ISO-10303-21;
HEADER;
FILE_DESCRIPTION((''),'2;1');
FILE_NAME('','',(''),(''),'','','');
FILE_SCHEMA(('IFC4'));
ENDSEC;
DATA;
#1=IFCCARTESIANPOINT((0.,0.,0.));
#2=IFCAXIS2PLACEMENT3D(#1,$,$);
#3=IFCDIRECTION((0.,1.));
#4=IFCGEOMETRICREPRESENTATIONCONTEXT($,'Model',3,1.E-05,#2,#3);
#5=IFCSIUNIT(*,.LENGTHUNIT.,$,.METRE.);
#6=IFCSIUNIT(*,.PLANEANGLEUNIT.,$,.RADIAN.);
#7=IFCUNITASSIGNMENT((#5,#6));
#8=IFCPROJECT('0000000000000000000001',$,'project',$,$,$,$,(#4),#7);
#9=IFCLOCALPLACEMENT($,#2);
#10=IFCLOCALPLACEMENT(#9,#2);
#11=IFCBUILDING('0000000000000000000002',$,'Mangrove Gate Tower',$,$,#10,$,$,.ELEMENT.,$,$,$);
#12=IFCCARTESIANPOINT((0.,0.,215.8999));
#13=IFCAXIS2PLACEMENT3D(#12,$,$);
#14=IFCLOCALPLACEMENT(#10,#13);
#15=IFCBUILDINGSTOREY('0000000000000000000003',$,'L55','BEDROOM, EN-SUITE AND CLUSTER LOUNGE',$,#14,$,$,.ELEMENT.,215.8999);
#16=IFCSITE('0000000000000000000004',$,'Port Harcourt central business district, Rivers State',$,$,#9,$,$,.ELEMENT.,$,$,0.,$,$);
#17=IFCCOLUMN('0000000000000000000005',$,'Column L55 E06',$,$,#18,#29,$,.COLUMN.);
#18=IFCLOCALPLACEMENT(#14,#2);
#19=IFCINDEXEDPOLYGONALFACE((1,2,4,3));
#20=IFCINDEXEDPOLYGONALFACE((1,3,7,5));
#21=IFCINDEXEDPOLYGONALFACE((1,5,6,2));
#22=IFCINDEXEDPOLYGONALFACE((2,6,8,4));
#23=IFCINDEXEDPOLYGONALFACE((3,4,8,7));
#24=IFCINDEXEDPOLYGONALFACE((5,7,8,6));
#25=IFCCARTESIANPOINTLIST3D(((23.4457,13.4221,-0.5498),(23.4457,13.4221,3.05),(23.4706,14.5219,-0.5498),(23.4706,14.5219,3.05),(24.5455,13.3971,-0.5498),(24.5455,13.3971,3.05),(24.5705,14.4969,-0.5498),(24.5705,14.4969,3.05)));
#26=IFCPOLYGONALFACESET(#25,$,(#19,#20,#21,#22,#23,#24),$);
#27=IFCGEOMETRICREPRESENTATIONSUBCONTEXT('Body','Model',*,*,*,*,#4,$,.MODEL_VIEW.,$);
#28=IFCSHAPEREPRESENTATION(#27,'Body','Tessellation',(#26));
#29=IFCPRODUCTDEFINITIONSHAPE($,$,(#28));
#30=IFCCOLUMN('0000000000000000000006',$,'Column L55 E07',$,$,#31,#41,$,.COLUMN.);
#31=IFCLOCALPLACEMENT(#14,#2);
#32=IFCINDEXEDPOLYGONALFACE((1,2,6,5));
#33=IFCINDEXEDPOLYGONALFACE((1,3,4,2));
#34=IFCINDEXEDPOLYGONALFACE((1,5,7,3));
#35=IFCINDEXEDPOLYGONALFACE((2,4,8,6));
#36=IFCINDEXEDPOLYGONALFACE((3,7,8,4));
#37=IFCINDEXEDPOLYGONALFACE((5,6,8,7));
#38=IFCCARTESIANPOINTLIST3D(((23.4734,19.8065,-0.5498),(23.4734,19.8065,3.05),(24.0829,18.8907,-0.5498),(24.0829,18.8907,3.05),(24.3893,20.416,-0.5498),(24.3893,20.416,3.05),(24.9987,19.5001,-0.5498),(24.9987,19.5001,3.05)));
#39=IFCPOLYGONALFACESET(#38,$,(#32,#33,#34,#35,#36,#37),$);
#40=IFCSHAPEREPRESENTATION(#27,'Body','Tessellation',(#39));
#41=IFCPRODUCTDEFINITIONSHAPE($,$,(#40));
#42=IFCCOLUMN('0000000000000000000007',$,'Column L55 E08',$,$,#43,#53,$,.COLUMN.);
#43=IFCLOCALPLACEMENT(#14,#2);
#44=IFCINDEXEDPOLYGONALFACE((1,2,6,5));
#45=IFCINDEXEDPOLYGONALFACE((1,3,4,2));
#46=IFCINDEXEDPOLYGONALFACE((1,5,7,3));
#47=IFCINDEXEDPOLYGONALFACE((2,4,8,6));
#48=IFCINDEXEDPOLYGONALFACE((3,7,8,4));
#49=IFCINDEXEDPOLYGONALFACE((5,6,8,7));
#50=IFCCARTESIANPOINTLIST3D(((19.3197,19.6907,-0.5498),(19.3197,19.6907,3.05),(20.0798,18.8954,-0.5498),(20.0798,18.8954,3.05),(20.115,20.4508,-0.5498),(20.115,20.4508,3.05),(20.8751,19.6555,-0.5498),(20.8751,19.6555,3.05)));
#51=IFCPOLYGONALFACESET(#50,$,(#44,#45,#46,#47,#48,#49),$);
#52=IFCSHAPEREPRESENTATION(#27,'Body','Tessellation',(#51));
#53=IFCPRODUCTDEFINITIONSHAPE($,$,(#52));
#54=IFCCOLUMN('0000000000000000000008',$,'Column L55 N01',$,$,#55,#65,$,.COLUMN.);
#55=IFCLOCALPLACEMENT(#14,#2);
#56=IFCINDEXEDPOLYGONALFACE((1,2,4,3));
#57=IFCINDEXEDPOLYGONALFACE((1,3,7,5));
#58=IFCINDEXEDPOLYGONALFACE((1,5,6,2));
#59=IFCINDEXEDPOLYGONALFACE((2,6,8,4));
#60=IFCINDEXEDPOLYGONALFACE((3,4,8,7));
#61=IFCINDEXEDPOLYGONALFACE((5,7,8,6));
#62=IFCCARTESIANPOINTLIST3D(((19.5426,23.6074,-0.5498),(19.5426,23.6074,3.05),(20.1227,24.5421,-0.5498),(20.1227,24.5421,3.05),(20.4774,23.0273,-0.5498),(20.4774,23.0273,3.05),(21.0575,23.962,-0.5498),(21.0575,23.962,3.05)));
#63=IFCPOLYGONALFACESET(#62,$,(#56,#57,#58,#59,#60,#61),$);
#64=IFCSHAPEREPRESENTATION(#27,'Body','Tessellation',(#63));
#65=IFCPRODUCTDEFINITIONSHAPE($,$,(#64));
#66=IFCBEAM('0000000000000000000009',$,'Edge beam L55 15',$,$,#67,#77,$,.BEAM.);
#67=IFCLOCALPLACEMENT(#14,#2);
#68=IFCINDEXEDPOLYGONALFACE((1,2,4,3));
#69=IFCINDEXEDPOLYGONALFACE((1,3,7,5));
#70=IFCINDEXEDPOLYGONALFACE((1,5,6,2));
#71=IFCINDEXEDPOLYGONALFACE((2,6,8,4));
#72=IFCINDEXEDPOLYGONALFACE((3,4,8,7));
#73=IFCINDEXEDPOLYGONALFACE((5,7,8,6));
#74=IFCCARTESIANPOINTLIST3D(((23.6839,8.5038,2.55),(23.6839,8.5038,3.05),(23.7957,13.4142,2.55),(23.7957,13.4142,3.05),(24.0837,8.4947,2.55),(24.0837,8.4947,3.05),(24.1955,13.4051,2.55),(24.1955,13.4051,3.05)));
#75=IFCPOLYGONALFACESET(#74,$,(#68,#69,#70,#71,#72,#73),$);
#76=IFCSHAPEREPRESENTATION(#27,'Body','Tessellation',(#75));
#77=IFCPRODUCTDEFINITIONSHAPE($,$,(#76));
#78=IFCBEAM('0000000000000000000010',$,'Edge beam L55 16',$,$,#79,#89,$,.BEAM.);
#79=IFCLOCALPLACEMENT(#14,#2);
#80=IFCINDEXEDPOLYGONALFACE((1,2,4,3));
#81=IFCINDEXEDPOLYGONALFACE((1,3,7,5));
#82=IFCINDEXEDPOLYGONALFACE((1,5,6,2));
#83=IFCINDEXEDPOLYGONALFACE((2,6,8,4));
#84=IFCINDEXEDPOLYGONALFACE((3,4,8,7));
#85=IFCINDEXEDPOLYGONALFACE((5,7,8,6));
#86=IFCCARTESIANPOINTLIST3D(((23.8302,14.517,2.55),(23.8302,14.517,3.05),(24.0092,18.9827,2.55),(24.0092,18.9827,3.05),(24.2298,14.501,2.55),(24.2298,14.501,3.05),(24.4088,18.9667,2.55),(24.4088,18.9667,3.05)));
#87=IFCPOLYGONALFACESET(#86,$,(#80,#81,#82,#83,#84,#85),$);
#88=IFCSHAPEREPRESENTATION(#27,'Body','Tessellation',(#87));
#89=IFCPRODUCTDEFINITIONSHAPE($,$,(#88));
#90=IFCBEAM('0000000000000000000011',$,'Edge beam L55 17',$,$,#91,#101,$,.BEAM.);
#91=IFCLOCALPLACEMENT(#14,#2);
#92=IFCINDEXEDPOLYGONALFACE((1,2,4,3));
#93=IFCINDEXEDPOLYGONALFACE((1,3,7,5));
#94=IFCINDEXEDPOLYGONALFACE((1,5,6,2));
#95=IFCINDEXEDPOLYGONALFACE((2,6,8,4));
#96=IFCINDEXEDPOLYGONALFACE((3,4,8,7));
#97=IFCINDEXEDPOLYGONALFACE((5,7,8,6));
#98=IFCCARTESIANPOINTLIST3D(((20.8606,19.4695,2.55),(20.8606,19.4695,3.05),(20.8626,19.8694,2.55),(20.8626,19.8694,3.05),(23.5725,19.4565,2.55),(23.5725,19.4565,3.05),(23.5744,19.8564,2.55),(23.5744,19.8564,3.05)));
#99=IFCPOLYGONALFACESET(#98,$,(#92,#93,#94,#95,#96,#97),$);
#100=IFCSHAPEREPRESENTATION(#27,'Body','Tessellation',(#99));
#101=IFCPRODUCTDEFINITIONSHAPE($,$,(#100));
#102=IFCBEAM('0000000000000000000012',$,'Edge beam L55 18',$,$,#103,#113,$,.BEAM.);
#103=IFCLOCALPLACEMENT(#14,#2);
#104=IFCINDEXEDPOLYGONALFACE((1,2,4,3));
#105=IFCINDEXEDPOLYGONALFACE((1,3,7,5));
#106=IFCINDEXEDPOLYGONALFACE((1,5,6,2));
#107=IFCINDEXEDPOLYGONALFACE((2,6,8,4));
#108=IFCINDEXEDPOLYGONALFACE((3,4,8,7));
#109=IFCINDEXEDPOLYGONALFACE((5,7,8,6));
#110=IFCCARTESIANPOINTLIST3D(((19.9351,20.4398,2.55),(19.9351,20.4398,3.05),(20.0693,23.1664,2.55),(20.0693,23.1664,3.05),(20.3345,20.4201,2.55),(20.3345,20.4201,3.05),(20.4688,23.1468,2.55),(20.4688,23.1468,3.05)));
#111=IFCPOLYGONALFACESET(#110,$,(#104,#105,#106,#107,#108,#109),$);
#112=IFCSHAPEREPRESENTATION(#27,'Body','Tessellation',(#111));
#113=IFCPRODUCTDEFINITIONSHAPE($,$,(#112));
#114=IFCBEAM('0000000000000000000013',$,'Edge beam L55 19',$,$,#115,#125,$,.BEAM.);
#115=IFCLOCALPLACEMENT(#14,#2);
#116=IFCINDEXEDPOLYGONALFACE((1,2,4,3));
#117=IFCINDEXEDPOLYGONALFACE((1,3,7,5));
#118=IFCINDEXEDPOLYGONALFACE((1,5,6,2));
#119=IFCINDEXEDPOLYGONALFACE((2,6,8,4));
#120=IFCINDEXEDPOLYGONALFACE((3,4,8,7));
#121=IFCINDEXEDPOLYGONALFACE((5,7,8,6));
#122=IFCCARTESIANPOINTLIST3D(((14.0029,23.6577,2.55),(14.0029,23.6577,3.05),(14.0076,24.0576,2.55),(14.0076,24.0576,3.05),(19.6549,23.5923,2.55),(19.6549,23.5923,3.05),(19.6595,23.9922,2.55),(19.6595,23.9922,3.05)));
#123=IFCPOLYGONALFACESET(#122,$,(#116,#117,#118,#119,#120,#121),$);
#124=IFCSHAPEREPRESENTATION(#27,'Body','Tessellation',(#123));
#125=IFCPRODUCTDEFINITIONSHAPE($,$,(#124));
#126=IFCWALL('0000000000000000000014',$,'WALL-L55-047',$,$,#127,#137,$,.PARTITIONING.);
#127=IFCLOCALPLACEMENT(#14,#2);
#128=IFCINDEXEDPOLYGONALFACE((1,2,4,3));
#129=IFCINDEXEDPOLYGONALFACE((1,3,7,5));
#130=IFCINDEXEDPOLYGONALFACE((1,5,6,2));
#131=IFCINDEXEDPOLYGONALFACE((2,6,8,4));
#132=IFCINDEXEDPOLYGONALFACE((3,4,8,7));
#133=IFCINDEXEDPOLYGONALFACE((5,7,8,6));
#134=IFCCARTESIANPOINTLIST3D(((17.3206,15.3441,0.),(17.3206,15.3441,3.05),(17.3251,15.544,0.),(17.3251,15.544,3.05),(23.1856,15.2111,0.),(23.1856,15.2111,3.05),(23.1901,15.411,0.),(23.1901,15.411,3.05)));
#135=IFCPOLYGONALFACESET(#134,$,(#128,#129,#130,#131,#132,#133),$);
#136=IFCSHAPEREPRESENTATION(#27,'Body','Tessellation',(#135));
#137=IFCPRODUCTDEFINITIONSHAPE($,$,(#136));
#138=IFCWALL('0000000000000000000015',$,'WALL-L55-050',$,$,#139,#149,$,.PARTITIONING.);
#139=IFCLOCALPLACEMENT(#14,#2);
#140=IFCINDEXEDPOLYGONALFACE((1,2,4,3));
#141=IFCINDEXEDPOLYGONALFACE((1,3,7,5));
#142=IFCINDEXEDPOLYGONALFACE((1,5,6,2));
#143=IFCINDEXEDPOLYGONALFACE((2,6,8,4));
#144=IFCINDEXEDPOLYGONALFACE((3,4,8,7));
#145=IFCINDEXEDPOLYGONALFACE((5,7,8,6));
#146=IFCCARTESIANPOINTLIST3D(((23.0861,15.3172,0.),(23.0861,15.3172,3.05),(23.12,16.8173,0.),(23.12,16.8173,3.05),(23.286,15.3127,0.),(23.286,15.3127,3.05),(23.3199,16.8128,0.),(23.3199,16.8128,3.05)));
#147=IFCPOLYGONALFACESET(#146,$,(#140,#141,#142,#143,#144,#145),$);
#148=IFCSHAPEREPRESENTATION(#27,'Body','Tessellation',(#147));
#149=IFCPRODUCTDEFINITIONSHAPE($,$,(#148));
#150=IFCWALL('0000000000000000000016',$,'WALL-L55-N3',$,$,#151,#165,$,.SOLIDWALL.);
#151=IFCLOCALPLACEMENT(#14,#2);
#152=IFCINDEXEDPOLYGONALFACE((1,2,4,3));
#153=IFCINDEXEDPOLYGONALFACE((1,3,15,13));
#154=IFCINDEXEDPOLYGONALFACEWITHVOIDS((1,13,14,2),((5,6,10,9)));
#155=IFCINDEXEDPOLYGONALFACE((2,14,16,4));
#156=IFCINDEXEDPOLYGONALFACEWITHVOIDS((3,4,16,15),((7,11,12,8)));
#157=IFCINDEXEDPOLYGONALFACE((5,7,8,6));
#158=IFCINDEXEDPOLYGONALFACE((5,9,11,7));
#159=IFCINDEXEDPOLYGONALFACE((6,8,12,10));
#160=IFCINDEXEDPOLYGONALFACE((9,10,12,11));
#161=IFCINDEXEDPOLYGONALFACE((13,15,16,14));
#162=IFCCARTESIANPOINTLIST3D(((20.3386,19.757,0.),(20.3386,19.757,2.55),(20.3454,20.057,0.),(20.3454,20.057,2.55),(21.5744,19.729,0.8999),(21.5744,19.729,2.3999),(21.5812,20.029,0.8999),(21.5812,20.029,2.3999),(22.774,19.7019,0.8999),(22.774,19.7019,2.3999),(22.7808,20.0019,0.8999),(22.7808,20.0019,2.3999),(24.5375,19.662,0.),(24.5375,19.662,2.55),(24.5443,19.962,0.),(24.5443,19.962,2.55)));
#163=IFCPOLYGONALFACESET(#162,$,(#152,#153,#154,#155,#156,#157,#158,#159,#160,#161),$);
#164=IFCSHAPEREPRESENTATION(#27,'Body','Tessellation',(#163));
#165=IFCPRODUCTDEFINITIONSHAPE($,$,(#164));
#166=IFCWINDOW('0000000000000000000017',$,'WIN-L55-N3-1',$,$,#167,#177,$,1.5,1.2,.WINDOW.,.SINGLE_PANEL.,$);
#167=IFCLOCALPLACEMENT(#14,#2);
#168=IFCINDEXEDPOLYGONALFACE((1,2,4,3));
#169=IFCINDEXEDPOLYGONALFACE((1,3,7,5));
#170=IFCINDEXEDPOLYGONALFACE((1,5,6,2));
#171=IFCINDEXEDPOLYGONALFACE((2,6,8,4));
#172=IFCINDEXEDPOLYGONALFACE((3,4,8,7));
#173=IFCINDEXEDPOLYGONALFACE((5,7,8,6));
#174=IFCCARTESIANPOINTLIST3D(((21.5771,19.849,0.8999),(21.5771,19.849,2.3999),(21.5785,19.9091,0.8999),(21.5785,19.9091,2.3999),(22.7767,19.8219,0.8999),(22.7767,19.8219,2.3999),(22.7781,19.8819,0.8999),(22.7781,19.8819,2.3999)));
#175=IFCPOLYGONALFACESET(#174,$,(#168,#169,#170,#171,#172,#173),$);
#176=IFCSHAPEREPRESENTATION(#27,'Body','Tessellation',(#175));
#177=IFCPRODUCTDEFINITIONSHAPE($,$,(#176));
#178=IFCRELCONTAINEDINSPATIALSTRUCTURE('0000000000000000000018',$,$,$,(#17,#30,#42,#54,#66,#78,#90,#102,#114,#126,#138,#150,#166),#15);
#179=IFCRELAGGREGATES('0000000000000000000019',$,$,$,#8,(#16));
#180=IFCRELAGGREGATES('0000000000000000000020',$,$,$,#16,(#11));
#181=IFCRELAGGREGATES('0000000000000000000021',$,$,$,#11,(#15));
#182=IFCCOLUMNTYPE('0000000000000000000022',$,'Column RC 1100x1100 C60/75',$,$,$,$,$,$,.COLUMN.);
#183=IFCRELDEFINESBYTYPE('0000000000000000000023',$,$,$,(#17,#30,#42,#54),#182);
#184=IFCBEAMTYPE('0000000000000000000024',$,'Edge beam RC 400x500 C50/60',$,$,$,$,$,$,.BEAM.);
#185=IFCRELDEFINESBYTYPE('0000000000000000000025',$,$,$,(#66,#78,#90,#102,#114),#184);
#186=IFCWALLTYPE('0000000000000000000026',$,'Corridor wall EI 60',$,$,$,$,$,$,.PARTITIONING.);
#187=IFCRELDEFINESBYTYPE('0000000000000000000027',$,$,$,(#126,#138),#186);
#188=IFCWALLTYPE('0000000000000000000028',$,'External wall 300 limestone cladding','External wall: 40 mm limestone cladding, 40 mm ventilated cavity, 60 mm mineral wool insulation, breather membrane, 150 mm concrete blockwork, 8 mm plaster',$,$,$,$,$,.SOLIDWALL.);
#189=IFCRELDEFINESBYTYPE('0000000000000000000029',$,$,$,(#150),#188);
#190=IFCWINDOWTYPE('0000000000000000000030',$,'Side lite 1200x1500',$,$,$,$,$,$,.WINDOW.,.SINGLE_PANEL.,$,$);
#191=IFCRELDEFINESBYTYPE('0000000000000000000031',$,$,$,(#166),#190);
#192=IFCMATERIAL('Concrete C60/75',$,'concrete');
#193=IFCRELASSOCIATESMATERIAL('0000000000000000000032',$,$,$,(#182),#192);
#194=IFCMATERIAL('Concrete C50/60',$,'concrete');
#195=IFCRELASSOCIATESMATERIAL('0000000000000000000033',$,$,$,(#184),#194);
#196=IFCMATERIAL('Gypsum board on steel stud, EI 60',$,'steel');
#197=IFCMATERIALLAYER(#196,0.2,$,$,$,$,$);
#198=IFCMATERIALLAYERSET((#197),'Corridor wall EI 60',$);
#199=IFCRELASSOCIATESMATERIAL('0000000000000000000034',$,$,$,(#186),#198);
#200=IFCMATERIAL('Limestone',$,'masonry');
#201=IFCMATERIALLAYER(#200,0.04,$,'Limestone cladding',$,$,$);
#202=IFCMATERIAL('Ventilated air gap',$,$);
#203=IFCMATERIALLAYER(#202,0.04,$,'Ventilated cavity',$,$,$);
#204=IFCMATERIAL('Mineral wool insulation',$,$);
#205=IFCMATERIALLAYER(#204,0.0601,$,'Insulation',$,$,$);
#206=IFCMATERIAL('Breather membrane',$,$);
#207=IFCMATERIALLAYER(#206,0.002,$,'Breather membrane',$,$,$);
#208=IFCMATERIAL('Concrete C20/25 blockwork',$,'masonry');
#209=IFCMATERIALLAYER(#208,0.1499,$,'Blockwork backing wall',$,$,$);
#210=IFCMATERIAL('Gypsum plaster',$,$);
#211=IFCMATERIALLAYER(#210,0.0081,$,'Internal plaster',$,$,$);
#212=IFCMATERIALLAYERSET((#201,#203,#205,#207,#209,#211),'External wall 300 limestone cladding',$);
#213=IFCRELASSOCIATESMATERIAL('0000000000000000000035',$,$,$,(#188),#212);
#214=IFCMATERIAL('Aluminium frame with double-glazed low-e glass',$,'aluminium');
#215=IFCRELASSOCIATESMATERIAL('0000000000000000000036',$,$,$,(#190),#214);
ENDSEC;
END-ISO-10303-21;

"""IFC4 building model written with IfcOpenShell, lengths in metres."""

from ifc_helpers import new_model, si_unit, direction, frame, frame_2d, origin, origin_2d, place, context, subcontext, project, spatial, rectangle, extrude, material, layer, layer_set, material_profile, profile_set, type_object, element, fill, save


model = new_model("IFC4")

# Units and contexts
model_context = context("Model", 3, precision=1e-05, world=origin(), true_north=direction((0.0, 1.0)))
body_context = subcontext(model_context, "Body", "Model", "MODEL_VIEW")
ifc_project = project(units=[si_unit("LENGTHUNIT", "METRE"), si_unit("PLANEANGLEUNIT", "RADIAN")], contexts=[model_context])

# Site, building, storey
site_placement = place(None, origin())
site = spatial("IfcSite", under=ifc_project, at=site_placement, Name="Port Harcourt central business district, Rivers State", CompositionType="ELEMENT", RefElevation=0.0)
building_placement = place(site_placement, origin())
building = spatial("IfcBuilding", under=site, at=building_placement, Name="Mangrove Gate Tower", CompositionType="ELEMENT")
storey_placement = place(building_placement, frame((0.0, 0.0, 215.8999)))
storey = spatial("IfcBuildingStorey", under=building, at=storey_placement, Name="L55", Description="BEDROOM, EN-SUITE AND CLUSTER LOUNGE", CompositionType="ELEMENT", Elevation=215.8999)

# Columns
ifc_material_1 = material(Name="Concrete C60/75", Category="concrete")
ifc_material_profile_1 = material_profile(ifc_material_1, rectangle(XDim=1.1001, YDim=1.1001, at=origin_2d()))
ifc_profile_set_1 = profile_set([ifc_material_profile_1], Name="Concrete C60/75")
column_type = type_object("IfcColumnType", Name="Column RC 1100x1100 C60/75", PredefinedType="COLUMN", material=ifc_profile_set_1)
for number, where, z_axis, x_axis, name in (
    (1, (24.0081, 13.9595, -0.5498), (0.0, 0.0, 1.0), (0.022704, 0.999742, 0.0), "Column L55 E06"),
    (2, (24.2361, 19.6533, -0.5498), (0.0, 0.0, 1.0), (-0.553976, 0.832532, 0.0), "Column L55 E07"),
    (3, (20.0974, 19.6731, -0.5498), (0.0, 0.0, 1.0), (-0.690932, 0.72292, 0.0), "Column L55 E08"),
    (4, (20.3, 23.7847, -0.5498), (0.0, 0.0, 1.0), (-0.849672, 0.527312, 0.0), "Column L55 N01"),
):
    element("IfcColumn", number, at=place(storey_placement, frame(where, z_axis=z_axis, x_axis=x_axis)), inside=storey, type_object=column_type, Name=name, PredefinedType="COLUMN", context=body_context, shape_type="SweptSolid", body=[
        extrude(rectangle(XDim=1.1001, YDim=1.1001, at=origin_2d()), origin(), (0.0, 0.0, 1.0), 3.5999),
    ])

# Beams
ifc_material_2 = material(Name="Concrete C50/60", Category="concrete")
ifc_material_profile_2 = material_profile(ifc_material_2, rectangle(XDim=0.3999, YDim=0.5, at=origin_2d()))
ifc_profile_set_2 = profile_set([ifc_material_profile_2], Name="Concrete C50/60")
beam_type = type_object("IfcBeamType", Name="Edge beam RC 400x500 C50/60", PredefinedType="BEAM", material=ifc_profile_set_2)
beam_1_placement = place(storey_placement, frame((23.8838, 8.4993, 2.8), z_axis=(0.022765, 0.999741, 0.0), x_axis=(-0.999741, 0.022765, 0.0)))
element("IfcBeam", 5, at=beam_1_placement, inside=storey, type_object=beam_type, Name="Edge beam L55 15", PredefinedType="BEAM", context=body_context, shape_type="SweptSolid", body=[
    extrude(rectangle(XDim=0.3999, YDim=0.5, at=origin_2d()), origin(), (0.0, 0.0, 1.0), 4.9116),
])
beam_2_placement = place(storey_placement, frame((24.03, 14.509, 2.8), z_axis=(0.040042, 0.999198, 0.0), x_axis=(-0.999198, 0.040042, 0.0)))
element("IfcBeam", 6, at=beam_2_placement, inside=storey, type_object=beam_type, Name="Edge beam L55 16", PredefinedType="BEAM", context=body_context, shape_type="SweptSolid", body=[
    extrude(rectangle(XDim=0.3999, YDim=0.5, at=origin_2d()), origin(), (0.0, 0.0, 1.0), 4.4692),
])
beam_3_placement = place(storey_placement, frame((23.5735, 19.6565, 2.8), z_axis=(-0.999989, 0.004771, 0.0), x_axis=(-0.004771, -0.999989, 0.0)))
element("IfcBeam", 7, at=beam_3_placement, inside=storey, type_object=beam_type, Name="Edge beam L55 17", PredefinedType="BEAM", context=body_context, shape_type="SweptSolid", body=[
    extrude(rectangle(XDim=0.3999, YDim=0.5, at=origin_2d()), origin(), (0.0, 0.0, 1.0), 2.7119),
])
beam_4_placement = place(storey_placement, frame((20.1348, 20.4299, 2.8), z_axis=(0.049188, 0.99879, 0.0), x_axis=(-0.99879, 0.049188, 0.0)))
element("IfcBeam", 8, at=beam_4_placement, inside=storey, type_object=beam_type, Name="Edge beam L55 18", PredefinedType="BEAM", context=body_context, shape_type="SweptSolid", body=[
    extrude(rectangle(XDim=0.3999, YDim=0.5, at=origin_2d()), origin(), (0.0, 0.0, 1.0), 2.73),
])
beam_5_placement = place(storey_placement, frame((19.6572, 23.7922, 2.8), z_axis=(-0.999933, 0.011576, 0.0), x_axis=(-0.011576, -0.999933, 0.0)))
element("IfcBeam", 9, at=beam_5_placement, inside=storey, type_object=beam_type, Name="Edge beam L55 19", PredefinedType="BEAM", context=body_context, shape_type="SweptSolid", body=[
    extrude(rectangle(XDim=0.3999, YDim=0.5, at=origin_2d()), origin(), (0.0, 0.0, 1.0), 5.6523),
])

# Walls
ifc_material_3 = material(Name="Gypsum board on steel stud, EI 60", Category="steel")
ifc_layer_1 = layer(ifc_material_3, 0.2)
ifc_layer_set_1 = layer_set([ifc_layer_1], Name="Corridor wall EI 60")
wall_type_1 = type_object("IfcWallType", Name="Corridor wall EI 60", PredefinedType="PARTITIONING", material=ifc_layer_set_1)
wall_1_placement = place(storey_placement, frame((17.323, 15.4441, 0.0), z_axis=(0.0, 0.0, 1.0), x_axis=(0.999743, -0.022681, 0.0)))
element("IfcWall", 10, at=wall_1_placement, inside=storey, type_object=wall_type_1, Name="WALL-L55-047", PredefinedType="PARTITIONING", context=body_context, shape_type="SweptSolid", body=[
    extrude(rectangle(XDim=5.8665, YDim=0.2, at=frame_2d((2.9331, 0.0))), origin(), (0.0, 0.0, 1.0), 3.05),
])
wall_2_placement = place(storey_placement, frame((23.186, 15.3149, 0.0), z_axis=(0.0, 0.0, 1.0), x_axis=(0.022618, 0.999744, 0.0)))
element("IfcWall", 11, at=wall_2_placement, inside=storey, type_object=wall_type_1, Name="WALL-L55-050", PredefinedType="PARTITIONING", context=body_context, shape_type="SweptSolid", body=[
    extrude(rectangle(XDim=1.5005, YDim=0.2, at=frame_2d((0.7502, 0.0))), origin(), (0.0, 0.0, 1.0), 3.05),
])

# Wall, opening, window
ifc_material_4 = material(Name="Limestone", Category="masonry")
ifc_layer_2 = layer(ifc_material_4, 0.04, Name="Limestone cladding")
ifc_material_5 = material(Name="Ventilated air gap")
ifc_layer_3 = layer(ifc_material_5, 0.04, Name="Ventilated cavity")
ifc_material_6 = material(Name="Mineral wool insulation")
ifc_layer_4 = layer(ifc_material_6, 0.0601, Name="Insulation")
ifc_material_7 = material(Name="Breather membrane")
ifc_layer_5 = layer(ifc_material_7, 0.002, Name="Breather membrane")
ifc_material_8 = material(Name="Concrete C20/25 blockwork", Category="masonry")
ifc_layer_6 = layer(ifc_material_8, 0.1499, Name="Blockwork backing wall")
ifc_material_9 = material(Name="Gypsum plaster")
ifc_layer_7 = layer(ifc_material_9, 0.0081, Name="Internal plaster")
ifc_layer_set_2 = layer_set([ifc_layer_2, ifc_layer_3, ifc_layer_4, ifc_layer_5, ifc_layer_6, ifc_layer_7], Name="External wall 300 limestone cladding")
wall_type_2 = type_object("IfcWallType", Name="External wall 300 limestone cladding", Description="External wall: 40 mm limestone cladding, 40 mm ventilated cavity, 60 mm mineral wool insulation, breather membrane, 150 mm concrete blockwork, 8 mm plaster", PredefinedType="SOLIDWALL", material=ifc_layer_set_2)
wall_3_placement = place(storey_placement, frame((24.541, 19.812, 0.0), z_axis=(0.0, 0.0, 1.0), x_axis=(-0.999744, 0.022612, 0.0)))
wall_3 = element("IfcWall", 12, at=wall_3_placement, inside=storey, type_object=wall_type_2, Name="WALL-L55-N3", PredefinedType="SOLIDWALL", context=body_context, shape_type="SweptSolid", body=[
    extrude(rectangle(XDim=4.2, YDim=0.3, at=frame_2d((2.1001, 0.0))), origin(), (0.0, 0.0, 1.0), 2.55),
])
opening_1_placement = place(wall_3_placement, frame((1.7639, 0.0, 0.8999)))
opening_1 = element("IfcOpeningElement", 13, at=opening_1_placement, cuts=wall_3, PredefinedType="OPENING", context=body_context, shape_type="SweptSolid", body=[
    extrude(rectangle(XDim=1.2, YDim=1.5, at=frame_2d((0.6001, 0.75))), frame((0.0, 0.1599, 0.0), z_axis=(0.0, -1.0, 0.0), x_axis=(1.0, 0.0, 0.0)), (0.0, 0.0, 1.0), 0.3201),
])
ifc_material_10 = material(Name="Aluminium frame with double-glazed low-e glass", Category="aluminium")
window_type_1 = type_object("IfcWindowType", Name="Side lite 1200x1500", PartitioningType="SINGLE_PANEL", PredefinedType="WINDOW", material=ifc_material_10)
window_1_placement = place(opening_1_placement, origin())
window_1 = element("IfcWindow", 14, at=window_1_placement, inside=storey, type_object=window_type_1, Name="WIN-L55-N3-1", OverallHeight=1.5, OverallWidth=1.2, PartitioningType="SINGLE_PANEL", PredefinedType="WINDOW", context=body_context, shape_type="SweptSolid", body=[
    extrude(rectangle(XDim=1.2, YDim=1.5, at=frame_2d((0.6001, 0.75))), frame((0.0, 0.03, 0.0), z_axis=(0.0, -1.0, 0.0), x_axis=(1.0, 0.0, 0.0)), (0.0, 0.0, 1.0), 0.0601),
])
fill(opening_1, window_1)

save(model, "model.ifc")
